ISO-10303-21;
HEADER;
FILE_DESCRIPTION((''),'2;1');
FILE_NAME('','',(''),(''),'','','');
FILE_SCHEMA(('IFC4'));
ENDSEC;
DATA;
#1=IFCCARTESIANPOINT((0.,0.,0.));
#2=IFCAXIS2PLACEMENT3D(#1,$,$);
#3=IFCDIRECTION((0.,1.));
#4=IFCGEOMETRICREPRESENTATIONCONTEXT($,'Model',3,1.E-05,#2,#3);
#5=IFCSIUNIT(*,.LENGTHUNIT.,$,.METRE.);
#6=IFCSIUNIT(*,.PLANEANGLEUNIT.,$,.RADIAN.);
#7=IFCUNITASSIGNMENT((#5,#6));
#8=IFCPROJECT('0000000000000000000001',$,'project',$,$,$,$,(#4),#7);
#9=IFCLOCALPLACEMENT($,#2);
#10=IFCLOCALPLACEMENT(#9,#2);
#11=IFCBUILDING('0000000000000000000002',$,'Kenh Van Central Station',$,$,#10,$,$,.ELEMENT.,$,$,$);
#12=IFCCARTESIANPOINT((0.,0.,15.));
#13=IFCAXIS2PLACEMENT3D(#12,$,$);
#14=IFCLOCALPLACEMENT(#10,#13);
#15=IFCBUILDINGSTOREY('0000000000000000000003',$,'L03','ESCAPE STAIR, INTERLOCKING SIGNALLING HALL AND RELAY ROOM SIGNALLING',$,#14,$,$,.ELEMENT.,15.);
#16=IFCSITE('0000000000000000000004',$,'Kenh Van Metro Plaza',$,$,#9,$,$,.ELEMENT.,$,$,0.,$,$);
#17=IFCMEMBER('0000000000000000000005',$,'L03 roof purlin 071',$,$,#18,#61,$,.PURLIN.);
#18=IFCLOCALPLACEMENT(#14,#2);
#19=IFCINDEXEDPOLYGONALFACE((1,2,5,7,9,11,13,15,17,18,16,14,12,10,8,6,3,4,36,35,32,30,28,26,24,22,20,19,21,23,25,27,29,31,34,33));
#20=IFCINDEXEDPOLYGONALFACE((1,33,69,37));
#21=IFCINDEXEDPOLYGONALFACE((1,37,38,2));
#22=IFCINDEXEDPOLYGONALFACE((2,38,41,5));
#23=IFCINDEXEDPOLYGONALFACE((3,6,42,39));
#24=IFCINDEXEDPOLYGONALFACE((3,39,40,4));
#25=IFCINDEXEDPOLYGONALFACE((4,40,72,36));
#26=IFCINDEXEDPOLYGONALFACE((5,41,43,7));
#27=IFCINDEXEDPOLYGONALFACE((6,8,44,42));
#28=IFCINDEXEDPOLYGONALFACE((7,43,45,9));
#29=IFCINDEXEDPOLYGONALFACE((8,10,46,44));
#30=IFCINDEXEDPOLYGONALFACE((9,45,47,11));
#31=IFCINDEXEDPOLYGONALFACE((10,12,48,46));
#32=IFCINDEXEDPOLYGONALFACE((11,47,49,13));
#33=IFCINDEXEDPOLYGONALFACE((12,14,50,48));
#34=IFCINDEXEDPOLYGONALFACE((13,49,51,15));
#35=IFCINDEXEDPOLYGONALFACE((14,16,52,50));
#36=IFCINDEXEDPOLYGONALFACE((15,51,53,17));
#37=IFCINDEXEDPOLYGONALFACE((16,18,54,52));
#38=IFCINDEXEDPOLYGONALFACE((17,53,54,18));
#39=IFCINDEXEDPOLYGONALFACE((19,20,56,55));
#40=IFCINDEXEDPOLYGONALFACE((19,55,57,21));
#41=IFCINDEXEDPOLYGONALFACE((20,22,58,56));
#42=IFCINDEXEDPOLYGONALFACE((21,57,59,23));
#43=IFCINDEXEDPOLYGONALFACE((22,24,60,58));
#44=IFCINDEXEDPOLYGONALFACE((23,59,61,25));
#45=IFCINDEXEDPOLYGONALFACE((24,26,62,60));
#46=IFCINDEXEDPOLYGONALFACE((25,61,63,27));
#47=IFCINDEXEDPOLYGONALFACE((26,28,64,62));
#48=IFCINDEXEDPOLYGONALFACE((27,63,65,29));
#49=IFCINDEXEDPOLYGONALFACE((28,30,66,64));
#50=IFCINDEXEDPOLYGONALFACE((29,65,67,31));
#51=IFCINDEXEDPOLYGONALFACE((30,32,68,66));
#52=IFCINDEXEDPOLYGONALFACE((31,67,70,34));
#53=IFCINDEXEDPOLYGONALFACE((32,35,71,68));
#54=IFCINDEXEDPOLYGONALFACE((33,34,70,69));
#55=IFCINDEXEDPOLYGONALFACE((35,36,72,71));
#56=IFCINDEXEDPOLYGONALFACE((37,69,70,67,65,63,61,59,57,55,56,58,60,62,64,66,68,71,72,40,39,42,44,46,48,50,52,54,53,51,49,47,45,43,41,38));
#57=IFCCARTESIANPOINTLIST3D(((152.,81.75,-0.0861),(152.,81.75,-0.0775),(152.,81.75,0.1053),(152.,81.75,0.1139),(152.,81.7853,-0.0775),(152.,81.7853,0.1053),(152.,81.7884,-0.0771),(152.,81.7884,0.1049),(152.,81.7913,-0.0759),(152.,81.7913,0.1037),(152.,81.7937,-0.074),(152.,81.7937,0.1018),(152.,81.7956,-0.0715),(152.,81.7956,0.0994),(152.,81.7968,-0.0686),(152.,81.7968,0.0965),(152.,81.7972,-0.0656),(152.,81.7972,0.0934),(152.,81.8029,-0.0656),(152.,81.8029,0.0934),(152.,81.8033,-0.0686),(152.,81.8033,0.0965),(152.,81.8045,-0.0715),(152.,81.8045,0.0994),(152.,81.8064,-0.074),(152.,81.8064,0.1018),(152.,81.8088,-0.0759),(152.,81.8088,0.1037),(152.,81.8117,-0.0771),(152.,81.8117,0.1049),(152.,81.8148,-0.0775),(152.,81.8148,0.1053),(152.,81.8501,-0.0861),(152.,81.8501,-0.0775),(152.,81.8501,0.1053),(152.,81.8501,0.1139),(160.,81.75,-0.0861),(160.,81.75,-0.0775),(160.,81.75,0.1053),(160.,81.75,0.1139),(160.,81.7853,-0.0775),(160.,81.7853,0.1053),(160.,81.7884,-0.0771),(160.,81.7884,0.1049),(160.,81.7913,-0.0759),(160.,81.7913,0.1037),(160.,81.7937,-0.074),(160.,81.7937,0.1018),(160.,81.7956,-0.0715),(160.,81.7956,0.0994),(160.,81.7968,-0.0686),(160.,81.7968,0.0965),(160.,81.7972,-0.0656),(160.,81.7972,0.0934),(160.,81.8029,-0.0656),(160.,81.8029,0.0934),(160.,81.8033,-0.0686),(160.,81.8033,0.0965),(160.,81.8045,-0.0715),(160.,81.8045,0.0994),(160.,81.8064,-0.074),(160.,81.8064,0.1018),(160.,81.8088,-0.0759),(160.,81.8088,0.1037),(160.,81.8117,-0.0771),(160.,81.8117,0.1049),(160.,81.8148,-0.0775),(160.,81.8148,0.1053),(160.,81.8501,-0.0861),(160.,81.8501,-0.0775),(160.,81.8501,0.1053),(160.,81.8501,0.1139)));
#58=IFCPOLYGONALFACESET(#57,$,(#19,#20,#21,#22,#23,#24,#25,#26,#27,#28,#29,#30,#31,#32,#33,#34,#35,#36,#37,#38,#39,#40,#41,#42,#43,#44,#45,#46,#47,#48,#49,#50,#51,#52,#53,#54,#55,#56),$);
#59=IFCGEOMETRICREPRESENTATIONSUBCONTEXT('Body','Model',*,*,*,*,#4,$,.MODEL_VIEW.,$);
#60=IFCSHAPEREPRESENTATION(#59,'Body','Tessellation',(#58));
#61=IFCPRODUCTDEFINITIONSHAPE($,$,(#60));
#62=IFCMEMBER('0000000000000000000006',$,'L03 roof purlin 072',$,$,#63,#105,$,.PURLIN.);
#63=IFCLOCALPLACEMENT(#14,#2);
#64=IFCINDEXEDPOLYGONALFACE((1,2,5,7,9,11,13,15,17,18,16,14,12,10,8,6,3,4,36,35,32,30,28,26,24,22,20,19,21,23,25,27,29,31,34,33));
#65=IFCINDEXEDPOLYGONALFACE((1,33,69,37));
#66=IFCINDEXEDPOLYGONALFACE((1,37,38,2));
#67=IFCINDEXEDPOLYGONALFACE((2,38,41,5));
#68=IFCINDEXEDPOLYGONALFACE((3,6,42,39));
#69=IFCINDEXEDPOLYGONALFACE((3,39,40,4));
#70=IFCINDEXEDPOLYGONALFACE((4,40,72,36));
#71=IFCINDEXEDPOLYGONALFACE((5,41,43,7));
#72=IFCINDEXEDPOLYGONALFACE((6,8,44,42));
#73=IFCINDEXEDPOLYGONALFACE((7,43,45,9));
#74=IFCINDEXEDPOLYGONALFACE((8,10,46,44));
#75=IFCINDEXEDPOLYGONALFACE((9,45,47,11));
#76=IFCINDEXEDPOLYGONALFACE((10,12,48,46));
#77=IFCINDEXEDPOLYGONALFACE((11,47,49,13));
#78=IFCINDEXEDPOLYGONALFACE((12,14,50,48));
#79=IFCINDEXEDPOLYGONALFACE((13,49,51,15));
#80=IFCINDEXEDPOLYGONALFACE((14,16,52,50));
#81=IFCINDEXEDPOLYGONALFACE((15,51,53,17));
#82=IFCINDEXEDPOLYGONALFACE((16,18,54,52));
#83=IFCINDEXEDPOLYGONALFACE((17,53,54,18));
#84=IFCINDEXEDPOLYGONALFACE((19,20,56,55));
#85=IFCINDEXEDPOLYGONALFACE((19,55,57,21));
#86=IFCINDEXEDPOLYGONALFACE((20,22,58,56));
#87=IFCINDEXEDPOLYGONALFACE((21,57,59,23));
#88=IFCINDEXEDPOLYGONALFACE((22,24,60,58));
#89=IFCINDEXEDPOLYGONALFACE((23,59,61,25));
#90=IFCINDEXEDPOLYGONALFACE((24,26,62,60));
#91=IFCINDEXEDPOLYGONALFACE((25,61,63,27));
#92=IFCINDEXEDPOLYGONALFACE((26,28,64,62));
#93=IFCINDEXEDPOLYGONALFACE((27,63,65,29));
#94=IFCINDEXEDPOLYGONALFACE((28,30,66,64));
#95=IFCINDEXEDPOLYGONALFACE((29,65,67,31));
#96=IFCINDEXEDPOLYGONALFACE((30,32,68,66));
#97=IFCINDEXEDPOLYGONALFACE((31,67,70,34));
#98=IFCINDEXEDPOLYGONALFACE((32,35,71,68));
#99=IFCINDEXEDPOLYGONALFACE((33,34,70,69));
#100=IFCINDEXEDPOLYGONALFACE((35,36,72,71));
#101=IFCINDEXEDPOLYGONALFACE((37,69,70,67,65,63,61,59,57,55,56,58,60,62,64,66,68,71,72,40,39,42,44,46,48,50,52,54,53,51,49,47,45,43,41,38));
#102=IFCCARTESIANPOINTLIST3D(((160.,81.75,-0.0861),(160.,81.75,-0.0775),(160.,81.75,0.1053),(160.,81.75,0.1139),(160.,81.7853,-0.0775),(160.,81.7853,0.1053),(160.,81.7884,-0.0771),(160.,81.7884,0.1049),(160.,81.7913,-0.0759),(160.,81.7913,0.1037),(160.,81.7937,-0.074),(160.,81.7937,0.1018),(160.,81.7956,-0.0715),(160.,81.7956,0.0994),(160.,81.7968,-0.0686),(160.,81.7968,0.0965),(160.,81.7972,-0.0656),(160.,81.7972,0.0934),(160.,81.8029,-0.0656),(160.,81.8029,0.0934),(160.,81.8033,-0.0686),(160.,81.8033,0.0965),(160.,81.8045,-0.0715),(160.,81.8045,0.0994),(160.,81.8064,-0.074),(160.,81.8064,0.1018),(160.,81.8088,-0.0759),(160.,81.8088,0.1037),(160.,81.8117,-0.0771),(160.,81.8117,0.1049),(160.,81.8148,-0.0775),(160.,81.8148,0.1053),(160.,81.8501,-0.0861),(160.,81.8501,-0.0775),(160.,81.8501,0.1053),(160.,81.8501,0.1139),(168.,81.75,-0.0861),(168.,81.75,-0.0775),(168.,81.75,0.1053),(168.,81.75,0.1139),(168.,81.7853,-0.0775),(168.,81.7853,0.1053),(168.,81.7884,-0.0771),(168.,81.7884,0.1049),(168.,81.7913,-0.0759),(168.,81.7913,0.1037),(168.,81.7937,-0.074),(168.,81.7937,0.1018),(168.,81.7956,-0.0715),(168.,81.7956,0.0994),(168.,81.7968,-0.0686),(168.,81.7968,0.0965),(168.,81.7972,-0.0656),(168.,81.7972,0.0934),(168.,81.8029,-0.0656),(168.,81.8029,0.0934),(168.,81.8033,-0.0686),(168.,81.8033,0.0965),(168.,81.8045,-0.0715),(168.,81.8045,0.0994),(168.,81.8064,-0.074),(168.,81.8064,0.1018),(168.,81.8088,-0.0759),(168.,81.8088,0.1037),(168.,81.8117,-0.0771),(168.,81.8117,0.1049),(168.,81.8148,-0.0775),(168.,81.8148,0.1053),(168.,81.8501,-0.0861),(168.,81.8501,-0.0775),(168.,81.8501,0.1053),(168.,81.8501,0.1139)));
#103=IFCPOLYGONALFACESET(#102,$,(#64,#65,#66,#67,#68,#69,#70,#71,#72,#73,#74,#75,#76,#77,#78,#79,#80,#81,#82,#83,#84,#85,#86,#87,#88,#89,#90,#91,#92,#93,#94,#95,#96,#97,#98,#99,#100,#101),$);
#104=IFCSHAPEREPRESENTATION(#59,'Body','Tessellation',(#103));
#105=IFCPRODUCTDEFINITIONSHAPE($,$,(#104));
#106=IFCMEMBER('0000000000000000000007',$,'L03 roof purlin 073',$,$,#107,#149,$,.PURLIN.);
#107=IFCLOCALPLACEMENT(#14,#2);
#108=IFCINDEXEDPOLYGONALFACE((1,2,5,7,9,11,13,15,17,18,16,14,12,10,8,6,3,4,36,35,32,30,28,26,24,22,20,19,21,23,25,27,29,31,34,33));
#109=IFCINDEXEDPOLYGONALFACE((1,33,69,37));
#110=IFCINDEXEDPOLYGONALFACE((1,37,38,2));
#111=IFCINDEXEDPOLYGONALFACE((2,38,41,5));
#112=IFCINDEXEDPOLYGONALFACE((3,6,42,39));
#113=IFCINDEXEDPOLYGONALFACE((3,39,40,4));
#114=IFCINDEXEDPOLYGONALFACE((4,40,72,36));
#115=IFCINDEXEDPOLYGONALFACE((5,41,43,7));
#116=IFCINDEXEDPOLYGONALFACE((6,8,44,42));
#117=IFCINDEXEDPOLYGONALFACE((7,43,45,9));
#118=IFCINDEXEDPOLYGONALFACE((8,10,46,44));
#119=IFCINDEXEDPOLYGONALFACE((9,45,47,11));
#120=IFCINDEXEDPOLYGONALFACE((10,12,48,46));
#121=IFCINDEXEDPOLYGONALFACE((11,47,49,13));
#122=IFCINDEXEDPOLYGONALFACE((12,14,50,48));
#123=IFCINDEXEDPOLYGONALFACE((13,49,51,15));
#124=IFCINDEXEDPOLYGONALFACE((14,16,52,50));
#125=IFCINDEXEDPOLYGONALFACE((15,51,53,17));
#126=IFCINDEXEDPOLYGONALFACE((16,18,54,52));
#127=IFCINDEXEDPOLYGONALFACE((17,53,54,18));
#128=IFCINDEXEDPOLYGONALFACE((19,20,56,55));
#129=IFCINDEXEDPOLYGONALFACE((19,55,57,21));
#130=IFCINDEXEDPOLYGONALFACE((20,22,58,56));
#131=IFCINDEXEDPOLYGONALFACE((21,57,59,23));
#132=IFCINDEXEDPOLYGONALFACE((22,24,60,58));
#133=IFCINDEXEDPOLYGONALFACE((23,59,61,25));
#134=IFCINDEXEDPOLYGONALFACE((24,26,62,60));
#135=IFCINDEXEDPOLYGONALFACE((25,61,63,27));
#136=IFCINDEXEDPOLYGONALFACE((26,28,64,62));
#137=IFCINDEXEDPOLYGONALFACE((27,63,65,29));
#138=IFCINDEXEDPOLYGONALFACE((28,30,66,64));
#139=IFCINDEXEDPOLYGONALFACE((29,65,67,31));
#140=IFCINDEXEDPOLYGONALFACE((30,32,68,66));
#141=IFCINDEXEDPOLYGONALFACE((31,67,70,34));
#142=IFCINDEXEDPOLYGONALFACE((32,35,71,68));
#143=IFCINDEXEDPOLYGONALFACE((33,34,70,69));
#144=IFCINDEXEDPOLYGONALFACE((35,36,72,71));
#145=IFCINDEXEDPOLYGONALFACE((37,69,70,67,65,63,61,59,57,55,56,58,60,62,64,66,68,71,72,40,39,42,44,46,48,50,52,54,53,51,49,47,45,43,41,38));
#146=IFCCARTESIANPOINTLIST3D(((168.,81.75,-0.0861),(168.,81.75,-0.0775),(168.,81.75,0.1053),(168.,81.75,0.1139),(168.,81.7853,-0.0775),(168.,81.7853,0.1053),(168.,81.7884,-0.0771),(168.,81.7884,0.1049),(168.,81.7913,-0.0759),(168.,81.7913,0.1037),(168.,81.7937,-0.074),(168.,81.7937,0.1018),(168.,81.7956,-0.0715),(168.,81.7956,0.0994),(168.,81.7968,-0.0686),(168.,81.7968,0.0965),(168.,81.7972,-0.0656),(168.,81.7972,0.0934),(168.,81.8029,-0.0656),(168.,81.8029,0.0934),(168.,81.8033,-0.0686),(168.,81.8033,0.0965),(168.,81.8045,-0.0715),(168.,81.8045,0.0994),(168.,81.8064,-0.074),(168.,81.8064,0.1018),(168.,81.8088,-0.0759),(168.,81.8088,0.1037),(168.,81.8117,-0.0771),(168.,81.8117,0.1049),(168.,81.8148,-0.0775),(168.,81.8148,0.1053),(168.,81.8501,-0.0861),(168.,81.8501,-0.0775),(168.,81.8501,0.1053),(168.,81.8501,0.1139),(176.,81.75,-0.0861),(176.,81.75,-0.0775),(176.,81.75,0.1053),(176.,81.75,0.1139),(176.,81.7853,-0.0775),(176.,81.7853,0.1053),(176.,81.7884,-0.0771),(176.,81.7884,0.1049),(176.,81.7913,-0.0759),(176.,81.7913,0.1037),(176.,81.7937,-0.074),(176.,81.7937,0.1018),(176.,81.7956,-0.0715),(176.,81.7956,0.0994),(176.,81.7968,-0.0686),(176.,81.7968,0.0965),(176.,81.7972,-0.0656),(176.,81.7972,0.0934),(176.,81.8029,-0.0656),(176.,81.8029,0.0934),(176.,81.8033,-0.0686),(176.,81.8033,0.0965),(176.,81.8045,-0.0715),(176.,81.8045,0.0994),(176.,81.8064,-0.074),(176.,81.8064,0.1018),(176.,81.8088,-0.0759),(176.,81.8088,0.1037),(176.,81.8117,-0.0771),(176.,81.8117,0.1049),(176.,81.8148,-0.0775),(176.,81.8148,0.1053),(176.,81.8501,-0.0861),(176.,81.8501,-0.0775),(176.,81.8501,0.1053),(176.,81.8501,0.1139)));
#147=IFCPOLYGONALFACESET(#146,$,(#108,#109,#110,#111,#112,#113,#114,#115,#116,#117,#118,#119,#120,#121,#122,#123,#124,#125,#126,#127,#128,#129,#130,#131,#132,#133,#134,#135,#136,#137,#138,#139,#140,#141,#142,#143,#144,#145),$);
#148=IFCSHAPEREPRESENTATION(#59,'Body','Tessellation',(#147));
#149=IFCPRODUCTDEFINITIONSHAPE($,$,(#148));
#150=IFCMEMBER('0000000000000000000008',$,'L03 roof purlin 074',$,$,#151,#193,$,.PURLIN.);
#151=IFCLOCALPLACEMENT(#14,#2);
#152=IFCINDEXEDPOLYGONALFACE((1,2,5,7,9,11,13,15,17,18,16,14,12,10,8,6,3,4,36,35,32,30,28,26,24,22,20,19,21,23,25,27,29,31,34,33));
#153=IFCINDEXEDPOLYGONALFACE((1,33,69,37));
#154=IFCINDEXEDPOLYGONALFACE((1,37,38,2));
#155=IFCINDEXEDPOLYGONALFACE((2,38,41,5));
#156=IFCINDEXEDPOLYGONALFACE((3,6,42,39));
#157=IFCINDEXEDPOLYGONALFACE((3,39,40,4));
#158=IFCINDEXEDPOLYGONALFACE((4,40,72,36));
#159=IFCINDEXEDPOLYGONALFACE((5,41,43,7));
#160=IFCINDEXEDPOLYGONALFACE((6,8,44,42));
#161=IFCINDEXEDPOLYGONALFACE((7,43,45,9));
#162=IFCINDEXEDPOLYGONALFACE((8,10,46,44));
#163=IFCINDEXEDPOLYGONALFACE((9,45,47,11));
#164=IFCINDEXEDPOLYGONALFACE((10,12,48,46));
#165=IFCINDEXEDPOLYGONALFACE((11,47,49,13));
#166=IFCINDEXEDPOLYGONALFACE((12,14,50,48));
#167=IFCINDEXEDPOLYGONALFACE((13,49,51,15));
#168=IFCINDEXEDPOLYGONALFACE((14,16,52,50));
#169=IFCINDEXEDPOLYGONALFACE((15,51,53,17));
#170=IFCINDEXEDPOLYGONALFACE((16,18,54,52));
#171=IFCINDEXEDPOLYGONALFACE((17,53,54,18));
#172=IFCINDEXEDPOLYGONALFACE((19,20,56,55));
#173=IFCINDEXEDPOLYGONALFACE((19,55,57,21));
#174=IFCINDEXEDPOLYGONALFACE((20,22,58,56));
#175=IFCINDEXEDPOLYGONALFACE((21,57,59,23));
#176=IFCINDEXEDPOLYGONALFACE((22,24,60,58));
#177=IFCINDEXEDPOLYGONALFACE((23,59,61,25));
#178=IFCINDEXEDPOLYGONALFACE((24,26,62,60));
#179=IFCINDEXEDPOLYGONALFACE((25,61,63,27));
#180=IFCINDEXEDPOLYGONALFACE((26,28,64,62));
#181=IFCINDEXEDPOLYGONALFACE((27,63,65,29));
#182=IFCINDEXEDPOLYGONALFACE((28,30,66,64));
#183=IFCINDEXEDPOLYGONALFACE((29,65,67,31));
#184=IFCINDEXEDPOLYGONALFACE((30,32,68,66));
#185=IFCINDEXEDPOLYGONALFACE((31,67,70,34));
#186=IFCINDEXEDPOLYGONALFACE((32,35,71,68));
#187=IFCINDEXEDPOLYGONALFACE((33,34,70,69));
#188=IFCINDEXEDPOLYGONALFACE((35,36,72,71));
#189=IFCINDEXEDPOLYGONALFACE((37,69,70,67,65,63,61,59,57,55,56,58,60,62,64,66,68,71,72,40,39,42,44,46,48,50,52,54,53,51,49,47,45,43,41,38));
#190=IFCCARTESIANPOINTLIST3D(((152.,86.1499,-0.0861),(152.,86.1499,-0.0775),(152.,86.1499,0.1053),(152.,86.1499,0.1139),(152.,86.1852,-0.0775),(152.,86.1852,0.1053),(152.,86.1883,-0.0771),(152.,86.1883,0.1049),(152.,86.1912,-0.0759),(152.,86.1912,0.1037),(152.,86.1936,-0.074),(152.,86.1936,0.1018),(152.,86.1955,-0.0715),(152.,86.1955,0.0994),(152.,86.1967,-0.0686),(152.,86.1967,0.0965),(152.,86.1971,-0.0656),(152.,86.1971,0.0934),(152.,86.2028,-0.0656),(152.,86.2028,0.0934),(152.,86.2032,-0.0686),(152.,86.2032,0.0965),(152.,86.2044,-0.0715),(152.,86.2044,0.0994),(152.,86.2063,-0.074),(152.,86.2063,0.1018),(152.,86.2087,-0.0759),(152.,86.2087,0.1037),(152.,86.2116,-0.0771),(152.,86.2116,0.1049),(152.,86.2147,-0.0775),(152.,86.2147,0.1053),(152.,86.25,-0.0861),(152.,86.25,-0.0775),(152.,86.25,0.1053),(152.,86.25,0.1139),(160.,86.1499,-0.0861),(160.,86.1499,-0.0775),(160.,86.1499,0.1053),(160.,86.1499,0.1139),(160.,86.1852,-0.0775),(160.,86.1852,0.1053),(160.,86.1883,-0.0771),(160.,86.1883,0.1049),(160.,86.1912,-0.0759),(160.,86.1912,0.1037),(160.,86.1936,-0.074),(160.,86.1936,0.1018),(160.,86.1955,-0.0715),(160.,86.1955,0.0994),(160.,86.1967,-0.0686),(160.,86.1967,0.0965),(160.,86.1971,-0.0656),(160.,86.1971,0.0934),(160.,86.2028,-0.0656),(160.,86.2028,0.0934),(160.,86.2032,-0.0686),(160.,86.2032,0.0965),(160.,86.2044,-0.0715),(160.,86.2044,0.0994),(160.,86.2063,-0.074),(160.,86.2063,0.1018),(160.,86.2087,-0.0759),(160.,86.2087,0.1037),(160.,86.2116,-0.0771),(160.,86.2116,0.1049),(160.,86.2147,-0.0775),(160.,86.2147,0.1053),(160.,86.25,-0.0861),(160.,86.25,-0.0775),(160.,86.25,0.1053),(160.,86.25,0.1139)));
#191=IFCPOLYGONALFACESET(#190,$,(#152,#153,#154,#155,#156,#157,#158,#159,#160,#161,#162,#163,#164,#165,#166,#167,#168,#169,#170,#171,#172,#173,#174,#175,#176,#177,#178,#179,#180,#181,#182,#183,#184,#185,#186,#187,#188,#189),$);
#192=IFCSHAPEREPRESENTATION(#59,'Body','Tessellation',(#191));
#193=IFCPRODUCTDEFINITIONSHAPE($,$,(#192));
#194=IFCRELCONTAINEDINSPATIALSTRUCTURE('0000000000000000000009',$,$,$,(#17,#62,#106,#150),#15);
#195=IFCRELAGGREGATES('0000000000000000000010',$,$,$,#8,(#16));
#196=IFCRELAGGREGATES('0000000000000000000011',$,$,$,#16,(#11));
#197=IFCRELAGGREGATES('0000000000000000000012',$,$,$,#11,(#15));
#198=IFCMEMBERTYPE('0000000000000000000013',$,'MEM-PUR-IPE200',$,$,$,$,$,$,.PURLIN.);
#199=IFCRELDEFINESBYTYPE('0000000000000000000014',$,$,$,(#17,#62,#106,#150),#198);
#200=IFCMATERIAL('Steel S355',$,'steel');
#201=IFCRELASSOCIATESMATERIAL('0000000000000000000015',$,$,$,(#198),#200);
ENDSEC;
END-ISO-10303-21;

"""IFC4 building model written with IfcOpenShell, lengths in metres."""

from ifc_helpers import new_model, si_unit, direction, frame, origin, origin_2d, place, context, subcontext, project, spatial, i_section, extrude, material, material_profile, profile_set, type_object, element, save


model = new_model("IFC4")

# Units and contexts
model_context = context("Model", 3, precision=1e-05, world=origin(), true_north=direction((0.0, 1.0)))
body_context = subcontext(model_context, "Body", "Model", "MODEL_VIEW")
ifc_project = project(units=[si_unit("LENGTHUNIT", "METRE"), si_unit("PLANEANGLEUNIT", "RADIAN")], contexts=[model_context])

# Site, building, storey
site_placement = place(None, origin())
site = spatial("IfcSite", under=ifc_project, at=site_placement, Name="Kenh Van Metro Plaza", CompositionType="ELEMENT", RefElevation=0.0)
building_placement = place(site_placement, origin())
building = spatial("IfcBuilding", under=site, at=building_placement, Name="Kenh Van Central Station", CompositionType="ELEMENT")
storey_placement = place(building_placement, frame((0.0, 0.0, 15.0)))
storey = spatial("IfcBuildingStorey", under=building, at=storey_placement, Name="L03", Description="ESCAPE STAIR, INTERLOCKING SIGNALLING HALL AND RELAY ROOM SIGNALLING", CompositionType="ELEMENT", Elevation=15.0)

# Shared definitions
ifc_material_1 = material(Name="Steel S355", Category="steel")

# Members
ifc_material_profile_1 = material_profile(ifc_material_1, i_section(OverallWidth=0.1001, OverallDepth=0.2, WebThickness=0.0056, FlangeThickness=0.0085, FilletRadius=0.012, at=origin_2d()), Name="IPE 200")
ifc_profile_set_1 = profile_set([ifc_material_profile_1], Name="Steel S355")
member_type_1 = type_object("IfcMemberType", Name="MEM-PUR-IPE200", PredefinedType="PURLIN", material=ifc_profile_set_1)
for number, where, z_axis, x_axis, name in (
    (1, (152.0, 81.8, 0.0139), (1.0, 0.0, 0.0), (0.0, 1.0, 0.0), "L03 roof purlin 071"),
    (2, (160.0, 81.8, 0.0139), (1.0, 0.0, 0.0), (0.0, 1.0, 0.0), "L03 roof purlin 072"),
    (3, (168.0, 81.8, 0.0139), (1.0, 0.0, 0.0), (0.0, 1.0, 0.0), "L03 roof purlin 073"),
    (4, (152.0, 86.2, 0.0139), (1.0, 0.0, 0.0), (0.0, 1.0, 0.0), "L03 roof purlin 074"),
):
    element("IfcMember", number, at=place(storey_placement, frame(where, z_axis=z_axis, x_axis=x_axis)), inside=storey, type_object=member_type_1, Name=name, PredefinedType="PURLIN", context=body_context, shape_type="SweptSolid", body=[
        extrude(i_section(OverallWidth=0.1001, OverallDepth=0.2, WebThickness=0.0056, FlangeThickness=0.0085, FilletRadius=0.012, at=origin_2d()), origin(), (0.0, 0.0, 1.0), 8.0),
    ])

save(model, "model.ifc")
